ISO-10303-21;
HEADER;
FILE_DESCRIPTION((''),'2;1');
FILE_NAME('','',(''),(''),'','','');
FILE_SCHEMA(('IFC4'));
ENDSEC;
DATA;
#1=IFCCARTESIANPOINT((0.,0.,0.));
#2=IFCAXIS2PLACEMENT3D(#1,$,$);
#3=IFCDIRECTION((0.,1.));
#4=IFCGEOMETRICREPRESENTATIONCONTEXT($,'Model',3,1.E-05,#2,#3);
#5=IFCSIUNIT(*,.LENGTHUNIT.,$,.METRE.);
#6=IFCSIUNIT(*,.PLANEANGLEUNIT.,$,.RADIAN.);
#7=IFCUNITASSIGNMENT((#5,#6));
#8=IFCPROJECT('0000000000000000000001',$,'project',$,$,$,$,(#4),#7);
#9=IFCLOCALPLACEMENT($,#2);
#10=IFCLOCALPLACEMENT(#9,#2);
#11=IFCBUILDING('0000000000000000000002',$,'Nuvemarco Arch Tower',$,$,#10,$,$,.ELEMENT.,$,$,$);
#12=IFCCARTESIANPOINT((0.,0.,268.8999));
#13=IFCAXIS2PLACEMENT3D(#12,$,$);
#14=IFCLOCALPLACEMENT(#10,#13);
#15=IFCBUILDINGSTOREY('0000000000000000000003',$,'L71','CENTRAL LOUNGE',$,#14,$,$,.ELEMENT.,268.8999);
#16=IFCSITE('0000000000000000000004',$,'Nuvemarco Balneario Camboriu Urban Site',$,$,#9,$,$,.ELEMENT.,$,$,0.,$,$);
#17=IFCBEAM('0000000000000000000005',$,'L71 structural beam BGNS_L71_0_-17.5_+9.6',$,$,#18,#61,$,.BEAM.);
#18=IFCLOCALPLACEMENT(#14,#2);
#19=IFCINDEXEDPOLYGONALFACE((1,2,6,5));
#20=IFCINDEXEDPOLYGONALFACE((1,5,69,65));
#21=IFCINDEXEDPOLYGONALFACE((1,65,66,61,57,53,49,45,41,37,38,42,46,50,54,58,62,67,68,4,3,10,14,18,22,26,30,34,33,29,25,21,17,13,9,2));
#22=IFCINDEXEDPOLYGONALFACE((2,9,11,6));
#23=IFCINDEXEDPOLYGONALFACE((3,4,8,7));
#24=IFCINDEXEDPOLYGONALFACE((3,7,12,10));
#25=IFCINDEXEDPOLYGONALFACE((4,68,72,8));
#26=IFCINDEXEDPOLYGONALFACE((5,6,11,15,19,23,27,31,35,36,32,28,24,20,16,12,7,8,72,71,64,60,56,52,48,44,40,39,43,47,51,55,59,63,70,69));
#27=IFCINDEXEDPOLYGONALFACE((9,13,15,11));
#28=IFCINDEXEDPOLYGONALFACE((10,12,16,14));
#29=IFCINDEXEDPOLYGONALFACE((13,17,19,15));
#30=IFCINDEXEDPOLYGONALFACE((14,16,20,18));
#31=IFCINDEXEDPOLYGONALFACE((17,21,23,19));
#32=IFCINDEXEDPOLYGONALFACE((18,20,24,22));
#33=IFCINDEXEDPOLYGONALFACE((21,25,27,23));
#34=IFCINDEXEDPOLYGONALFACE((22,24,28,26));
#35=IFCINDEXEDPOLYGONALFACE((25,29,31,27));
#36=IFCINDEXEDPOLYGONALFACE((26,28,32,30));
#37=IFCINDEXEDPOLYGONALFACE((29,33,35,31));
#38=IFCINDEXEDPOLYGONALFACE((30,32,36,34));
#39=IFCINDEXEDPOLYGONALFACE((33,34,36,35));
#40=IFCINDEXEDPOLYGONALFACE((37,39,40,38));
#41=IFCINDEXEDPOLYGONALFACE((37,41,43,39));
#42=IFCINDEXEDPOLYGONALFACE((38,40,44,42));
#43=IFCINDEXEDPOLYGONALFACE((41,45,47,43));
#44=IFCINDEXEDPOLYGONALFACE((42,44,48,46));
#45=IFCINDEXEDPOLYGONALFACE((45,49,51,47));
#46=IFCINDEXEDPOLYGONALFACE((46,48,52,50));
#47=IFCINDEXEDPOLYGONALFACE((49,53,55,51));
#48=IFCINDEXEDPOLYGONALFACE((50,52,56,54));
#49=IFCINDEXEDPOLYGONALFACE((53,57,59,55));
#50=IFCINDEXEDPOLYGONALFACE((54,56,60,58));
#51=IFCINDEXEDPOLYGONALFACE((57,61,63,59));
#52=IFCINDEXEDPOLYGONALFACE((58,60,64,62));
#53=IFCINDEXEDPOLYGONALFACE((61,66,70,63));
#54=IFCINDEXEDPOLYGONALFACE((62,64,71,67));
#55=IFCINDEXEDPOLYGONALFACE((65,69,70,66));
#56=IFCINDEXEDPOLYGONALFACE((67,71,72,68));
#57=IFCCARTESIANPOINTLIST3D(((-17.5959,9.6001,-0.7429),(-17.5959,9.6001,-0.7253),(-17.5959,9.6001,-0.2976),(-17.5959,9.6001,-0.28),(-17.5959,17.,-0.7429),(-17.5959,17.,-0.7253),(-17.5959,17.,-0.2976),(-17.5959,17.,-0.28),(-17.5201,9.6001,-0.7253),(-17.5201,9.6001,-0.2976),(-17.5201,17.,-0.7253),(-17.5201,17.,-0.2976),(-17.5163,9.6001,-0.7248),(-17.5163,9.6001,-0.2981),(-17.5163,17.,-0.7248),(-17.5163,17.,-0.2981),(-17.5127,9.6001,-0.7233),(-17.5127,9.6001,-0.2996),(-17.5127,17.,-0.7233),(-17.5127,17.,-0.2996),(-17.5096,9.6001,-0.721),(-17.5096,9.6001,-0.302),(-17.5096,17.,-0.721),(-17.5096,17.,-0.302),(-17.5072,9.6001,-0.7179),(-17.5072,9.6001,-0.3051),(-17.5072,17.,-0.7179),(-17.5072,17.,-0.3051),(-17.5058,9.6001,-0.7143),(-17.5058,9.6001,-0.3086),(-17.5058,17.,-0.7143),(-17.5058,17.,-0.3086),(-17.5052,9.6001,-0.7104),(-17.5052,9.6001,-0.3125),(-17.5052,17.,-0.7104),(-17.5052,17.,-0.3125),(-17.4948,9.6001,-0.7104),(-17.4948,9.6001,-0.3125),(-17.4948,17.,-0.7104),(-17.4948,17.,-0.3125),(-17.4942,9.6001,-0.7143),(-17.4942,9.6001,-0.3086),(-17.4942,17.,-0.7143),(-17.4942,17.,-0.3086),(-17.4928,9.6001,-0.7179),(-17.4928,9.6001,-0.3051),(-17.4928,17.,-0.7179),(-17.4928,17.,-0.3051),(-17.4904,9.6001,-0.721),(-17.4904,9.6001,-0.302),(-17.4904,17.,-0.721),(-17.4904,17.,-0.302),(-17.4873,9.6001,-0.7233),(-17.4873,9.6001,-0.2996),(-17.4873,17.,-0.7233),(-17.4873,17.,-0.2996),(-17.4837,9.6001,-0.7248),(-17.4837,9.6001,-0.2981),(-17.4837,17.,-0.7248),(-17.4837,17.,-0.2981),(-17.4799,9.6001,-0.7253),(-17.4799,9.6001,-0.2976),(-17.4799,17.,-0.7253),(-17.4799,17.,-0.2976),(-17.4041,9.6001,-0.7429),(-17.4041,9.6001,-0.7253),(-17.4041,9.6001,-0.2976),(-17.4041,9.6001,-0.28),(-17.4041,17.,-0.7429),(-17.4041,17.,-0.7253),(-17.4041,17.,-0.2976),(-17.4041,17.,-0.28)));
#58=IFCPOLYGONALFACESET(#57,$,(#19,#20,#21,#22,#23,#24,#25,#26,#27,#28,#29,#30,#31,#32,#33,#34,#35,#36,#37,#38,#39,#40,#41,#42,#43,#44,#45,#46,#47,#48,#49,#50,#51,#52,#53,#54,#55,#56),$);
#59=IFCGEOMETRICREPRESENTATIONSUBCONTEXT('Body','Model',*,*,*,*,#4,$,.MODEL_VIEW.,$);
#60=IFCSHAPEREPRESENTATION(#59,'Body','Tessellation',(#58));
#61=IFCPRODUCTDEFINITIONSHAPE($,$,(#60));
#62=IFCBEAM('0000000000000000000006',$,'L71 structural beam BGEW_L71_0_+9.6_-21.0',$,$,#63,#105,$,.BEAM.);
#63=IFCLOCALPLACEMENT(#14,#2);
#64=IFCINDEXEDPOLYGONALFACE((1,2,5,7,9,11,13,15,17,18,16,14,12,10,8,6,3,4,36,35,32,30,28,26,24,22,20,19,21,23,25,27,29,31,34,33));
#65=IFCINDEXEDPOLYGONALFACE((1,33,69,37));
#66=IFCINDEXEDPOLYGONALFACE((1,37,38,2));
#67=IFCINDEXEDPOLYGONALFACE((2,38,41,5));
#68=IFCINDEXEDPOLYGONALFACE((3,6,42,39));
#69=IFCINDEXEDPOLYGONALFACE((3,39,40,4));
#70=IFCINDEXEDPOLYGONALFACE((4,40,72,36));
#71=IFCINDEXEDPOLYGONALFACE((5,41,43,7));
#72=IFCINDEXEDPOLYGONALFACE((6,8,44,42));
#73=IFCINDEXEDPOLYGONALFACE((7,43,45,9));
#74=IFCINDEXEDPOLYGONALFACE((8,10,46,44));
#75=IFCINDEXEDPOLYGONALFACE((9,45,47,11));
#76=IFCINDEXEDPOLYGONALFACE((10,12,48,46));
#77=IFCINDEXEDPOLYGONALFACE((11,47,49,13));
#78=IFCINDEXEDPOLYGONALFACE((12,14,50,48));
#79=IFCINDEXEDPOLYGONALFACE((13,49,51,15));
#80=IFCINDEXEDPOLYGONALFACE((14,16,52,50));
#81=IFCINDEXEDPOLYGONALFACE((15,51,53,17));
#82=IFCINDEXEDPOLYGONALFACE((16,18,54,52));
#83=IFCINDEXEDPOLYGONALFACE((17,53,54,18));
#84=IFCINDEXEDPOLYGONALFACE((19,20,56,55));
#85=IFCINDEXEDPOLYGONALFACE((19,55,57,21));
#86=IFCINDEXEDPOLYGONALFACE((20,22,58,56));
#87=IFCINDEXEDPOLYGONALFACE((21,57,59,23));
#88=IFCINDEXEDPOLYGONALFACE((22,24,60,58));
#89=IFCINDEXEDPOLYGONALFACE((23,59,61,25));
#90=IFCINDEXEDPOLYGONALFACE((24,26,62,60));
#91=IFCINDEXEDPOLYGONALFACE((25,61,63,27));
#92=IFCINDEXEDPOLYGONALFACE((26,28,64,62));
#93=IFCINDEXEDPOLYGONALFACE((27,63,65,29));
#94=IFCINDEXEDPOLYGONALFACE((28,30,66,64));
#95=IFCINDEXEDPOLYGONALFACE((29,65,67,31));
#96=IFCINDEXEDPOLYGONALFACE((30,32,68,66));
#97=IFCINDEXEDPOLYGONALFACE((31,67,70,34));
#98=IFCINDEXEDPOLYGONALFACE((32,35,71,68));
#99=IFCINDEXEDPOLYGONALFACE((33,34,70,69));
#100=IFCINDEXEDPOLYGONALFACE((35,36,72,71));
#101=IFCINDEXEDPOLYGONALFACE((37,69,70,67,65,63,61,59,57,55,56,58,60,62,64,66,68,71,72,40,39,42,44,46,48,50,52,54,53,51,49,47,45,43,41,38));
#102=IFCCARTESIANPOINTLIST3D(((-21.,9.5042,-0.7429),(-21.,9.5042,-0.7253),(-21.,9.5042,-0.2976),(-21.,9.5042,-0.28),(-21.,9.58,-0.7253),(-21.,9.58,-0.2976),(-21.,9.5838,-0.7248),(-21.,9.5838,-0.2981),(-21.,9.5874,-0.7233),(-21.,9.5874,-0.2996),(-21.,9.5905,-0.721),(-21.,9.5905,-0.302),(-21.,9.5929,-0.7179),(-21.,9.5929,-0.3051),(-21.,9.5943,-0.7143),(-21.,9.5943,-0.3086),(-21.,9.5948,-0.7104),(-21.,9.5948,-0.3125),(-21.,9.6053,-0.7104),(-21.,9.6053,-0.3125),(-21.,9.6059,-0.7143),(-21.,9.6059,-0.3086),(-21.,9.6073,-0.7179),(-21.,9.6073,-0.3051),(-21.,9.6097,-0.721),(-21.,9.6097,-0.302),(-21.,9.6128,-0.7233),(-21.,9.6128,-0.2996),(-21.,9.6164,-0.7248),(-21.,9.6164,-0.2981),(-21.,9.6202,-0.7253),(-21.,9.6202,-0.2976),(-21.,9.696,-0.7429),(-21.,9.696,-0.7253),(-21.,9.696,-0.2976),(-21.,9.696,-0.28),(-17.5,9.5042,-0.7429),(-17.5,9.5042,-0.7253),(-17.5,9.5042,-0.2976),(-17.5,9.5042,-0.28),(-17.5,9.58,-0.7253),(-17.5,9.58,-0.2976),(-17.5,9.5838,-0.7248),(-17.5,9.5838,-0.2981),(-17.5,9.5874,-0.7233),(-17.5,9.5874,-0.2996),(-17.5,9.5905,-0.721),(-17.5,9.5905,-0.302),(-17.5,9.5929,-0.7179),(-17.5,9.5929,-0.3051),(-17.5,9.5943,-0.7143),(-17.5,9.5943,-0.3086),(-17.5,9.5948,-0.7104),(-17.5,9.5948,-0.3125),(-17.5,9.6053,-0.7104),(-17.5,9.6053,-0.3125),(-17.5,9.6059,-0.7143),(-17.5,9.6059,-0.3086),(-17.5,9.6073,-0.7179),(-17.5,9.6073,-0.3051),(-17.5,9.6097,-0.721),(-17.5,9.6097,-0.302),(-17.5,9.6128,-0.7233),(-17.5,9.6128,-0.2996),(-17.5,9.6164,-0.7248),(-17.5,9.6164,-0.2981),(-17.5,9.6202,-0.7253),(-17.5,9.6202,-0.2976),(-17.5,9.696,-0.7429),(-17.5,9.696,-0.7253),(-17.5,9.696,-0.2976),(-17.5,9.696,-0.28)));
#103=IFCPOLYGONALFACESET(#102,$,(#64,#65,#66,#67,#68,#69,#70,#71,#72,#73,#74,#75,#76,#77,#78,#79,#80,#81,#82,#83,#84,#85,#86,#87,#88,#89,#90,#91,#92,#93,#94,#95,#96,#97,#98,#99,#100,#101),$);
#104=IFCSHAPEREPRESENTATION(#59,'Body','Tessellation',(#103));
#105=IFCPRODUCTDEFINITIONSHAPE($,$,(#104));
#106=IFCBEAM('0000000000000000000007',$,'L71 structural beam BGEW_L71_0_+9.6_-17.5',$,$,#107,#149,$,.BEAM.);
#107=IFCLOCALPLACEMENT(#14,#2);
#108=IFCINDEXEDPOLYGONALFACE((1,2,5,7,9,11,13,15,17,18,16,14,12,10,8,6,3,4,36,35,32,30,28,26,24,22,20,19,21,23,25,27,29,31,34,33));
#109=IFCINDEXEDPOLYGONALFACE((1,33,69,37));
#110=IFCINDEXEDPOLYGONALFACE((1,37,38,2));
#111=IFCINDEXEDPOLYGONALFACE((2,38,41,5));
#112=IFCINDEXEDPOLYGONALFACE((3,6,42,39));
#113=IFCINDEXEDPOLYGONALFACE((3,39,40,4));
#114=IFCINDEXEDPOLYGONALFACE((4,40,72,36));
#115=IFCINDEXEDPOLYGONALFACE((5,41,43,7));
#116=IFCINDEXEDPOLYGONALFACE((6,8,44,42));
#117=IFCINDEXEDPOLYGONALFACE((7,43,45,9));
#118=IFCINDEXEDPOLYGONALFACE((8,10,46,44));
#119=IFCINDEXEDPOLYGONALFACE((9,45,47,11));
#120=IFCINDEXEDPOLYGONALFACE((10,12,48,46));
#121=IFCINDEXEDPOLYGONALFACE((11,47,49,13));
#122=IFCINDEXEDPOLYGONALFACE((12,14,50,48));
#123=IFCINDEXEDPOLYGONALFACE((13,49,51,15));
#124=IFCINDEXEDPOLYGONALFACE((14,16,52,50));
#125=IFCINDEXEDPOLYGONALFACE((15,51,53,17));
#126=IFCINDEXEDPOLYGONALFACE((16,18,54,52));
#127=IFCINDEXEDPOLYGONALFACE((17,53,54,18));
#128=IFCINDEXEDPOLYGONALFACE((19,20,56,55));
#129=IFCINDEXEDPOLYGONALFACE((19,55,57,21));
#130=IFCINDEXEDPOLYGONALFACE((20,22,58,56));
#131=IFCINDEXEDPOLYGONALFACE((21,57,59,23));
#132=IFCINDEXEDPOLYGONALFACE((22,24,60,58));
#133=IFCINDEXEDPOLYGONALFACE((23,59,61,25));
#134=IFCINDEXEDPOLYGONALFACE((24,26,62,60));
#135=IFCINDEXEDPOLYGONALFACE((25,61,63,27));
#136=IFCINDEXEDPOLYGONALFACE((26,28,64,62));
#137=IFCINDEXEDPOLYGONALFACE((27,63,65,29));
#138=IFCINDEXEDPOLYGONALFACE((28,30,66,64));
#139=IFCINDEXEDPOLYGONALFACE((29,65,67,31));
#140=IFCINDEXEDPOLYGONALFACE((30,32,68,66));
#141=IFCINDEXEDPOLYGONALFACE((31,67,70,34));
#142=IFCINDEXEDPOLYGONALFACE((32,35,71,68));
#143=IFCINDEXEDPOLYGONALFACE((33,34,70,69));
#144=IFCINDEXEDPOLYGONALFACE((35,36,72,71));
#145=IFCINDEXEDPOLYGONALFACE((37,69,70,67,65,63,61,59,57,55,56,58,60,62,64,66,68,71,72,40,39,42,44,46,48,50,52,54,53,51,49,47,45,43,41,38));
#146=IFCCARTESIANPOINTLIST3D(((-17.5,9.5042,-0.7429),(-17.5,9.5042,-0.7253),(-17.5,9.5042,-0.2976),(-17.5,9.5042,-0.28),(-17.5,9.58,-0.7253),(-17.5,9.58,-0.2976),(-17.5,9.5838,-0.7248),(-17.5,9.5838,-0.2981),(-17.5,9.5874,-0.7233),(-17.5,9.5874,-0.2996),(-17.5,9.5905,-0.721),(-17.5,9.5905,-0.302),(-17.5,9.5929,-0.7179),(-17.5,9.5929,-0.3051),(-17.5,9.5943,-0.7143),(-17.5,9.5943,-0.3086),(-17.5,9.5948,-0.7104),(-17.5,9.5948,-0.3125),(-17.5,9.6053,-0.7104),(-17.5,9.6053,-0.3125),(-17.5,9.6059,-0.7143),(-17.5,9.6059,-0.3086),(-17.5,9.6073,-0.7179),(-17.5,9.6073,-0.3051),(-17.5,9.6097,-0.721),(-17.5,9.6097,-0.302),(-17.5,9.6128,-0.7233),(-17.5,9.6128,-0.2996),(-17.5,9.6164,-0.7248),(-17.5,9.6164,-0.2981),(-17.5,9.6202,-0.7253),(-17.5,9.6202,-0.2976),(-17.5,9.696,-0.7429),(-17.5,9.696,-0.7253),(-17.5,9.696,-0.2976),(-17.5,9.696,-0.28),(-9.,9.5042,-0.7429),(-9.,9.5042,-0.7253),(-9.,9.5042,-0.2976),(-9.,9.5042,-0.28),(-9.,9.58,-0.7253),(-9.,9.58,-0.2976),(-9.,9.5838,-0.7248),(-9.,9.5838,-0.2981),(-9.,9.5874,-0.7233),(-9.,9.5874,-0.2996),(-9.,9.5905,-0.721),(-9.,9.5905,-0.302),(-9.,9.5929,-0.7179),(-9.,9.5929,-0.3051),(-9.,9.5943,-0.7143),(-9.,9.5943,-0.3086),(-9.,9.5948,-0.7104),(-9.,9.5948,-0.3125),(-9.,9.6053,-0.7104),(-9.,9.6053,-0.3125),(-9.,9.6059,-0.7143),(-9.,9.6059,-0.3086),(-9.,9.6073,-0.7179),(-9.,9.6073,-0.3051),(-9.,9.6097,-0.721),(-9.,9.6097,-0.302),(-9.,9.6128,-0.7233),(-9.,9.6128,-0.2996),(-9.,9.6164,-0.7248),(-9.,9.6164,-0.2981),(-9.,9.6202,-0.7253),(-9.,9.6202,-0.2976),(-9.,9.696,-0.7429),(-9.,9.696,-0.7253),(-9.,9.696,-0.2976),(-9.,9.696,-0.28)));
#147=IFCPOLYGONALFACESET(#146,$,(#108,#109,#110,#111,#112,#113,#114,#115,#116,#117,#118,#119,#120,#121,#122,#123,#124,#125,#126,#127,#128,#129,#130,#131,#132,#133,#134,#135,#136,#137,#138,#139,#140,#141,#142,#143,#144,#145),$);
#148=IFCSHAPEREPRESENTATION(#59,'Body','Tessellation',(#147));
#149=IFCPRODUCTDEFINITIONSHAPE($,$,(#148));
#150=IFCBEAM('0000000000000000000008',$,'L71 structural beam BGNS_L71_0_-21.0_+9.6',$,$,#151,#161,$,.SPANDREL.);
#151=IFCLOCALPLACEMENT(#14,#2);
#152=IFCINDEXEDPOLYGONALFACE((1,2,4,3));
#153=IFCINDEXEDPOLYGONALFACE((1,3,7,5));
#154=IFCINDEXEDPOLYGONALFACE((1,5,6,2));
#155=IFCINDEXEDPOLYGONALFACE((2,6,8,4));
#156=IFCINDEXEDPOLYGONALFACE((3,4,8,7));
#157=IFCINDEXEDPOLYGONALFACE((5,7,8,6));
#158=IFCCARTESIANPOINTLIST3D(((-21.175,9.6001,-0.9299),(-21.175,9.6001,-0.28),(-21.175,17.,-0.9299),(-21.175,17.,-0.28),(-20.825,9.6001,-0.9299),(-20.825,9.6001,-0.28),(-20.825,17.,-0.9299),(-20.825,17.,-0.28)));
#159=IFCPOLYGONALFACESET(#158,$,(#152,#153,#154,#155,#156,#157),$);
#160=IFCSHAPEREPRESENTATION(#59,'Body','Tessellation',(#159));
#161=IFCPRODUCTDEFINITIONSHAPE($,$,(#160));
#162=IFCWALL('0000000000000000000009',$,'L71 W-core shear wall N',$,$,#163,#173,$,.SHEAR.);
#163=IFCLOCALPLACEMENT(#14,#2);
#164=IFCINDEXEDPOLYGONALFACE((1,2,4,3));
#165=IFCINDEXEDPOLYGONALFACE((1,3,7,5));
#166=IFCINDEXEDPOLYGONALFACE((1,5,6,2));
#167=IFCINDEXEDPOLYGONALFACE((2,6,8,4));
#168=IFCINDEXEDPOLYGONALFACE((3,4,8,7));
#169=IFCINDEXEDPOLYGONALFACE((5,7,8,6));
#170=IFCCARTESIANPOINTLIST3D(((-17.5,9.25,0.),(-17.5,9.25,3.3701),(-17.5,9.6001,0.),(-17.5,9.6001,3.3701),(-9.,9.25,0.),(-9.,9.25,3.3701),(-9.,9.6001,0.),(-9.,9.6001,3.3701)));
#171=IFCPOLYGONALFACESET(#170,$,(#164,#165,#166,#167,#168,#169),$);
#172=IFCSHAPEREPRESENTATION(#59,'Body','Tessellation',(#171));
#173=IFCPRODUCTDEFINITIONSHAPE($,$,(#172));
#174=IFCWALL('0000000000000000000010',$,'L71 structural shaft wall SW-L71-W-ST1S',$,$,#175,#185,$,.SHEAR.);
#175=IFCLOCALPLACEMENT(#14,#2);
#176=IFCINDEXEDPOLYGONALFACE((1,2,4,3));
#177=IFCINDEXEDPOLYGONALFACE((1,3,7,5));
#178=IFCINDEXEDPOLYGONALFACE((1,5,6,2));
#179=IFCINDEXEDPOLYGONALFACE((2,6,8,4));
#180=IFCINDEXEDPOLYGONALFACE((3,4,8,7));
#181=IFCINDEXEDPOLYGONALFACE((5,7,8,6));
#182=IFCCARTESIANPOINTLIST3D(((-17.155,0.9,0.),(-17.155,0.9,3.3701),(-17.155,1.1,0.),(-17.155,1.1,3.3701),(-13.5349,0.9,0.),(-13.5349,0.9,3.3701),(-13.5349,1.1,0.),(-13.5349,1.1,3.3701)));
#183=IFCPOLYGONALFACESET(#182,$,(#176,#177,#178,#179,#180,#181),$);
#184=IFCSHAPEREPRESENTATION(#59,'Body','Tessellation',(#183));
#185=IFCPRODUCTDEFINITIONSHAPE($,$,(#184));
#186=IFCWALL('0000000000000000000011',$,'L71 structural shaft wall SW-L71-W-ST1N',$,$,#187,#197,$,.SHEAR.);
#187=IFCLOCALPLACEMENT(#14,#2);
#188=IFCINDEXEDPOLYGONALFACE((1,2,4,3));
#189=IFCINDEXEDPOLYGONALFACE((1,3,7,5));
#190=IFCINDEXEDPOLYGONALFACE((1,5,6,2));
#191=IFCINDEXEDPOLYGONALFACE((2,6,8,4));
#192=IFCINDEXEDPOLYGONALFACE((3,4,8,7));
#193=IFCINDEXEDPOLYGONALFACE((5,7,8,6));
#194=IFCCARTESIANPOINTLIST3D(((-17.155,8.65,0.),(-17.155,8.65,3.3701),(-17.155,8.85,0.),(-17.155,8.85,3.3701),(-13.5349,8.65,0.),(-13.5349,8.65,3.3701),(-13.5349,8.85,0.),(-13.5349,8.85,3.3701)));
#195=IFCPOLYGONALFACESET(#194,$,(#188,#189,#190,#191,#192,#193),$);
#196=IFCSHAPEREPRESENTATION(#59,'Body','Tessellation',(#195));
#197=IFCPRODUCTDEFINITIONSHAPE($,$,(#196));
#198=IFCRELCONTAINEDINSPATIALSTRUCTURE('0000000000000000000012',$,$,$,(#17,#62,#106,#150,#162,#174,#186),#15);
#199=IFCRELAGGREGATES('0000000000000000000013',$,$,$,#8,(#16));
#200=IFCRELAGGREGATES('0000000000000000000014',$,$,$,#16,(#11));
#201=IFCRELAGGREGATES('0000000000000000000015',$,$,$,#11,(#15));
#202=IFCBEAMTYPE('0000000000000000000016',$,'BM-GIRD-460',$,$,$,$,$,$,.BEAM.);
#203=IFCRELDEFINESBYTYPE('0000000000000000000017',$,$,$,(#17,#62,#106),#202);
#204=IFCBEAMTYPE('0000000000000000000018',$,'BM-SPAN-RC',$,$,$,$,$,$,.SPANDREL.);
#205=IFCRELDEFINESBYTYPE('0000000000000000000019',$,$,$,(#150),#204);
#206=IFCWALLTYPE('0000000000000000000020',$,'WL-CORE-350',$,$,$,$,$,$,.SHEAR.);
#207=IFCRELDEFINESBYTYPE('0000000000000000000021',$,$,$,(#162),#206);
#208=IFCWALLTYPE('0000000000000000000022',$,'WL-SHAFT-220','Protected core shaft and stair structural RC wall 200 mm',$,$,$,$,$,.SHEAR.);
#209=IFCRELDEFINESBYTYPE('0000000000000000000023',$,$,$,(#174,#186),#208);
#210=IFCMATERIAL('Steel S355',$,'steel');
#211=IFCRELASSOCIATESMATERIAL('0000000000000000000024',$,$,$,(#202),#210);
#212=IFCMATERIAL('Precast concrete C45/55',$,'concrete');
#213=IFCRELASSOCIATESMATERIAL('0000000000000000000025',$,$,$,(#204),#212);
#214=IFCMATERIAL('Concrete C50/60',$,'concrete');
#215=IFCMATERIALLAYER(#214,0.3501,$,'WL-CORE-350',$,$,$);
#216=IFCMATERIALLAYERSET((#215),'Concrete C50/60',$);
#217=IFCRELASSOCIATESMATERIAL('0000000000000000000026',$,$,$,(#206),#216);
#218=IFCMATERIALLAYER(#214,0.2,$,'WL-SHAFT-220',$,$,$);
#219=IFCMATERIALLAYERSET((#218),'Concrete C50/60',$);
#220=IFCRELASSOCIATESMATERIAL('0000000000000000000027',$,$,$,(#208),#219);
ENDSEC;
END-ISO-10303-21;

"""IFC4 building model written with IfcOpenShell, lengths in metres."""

from ifc_helpers import new_model, si_unit, direction, frame, frame_2d, origin, origin_2d, place, context, subcontext, project, spatial, rectangle, i_section, extrude, material, layer, layer_set, material_profile, profile_set, type_object, element, save


model = new_model("IFC4")

# Units and contexts
model_context = context("Model", 3, precision=1e-05, world=origin(), true_north=direction((0.0, 1.0)))
body_context = subcontext(model_context, "Body", "Model", "MODEL_VIEW")
ifc_project = project(units=[si_unit("LENGTHUNIT", "METRE"), si_unit("PLANEANGLEUNIT", "RADIAN")], contexts=[model_context])

# Site, building, storey
site_placement = place(None, origin())
site = spatial("IfcSite", under=ifc_project, at=site_placement, Name="Nuvemarco Balneario Camboriu Urban Site", CompositionType="ELEMENT", RefElevation=0.0)
building_placement = place(site_placement, origin())
building = spatial("IfcBuilding", under=site, at=building_placement, Name="Nuvemarco Arch Tower", CompositionType="ELEMENT")
storey_placement = place(building_placement, frame((0.0, 0.0, 268.8999)))
storey = spatial("IfcBuildingStorey", under=building, at=storey_placement, Name="L71", Description="CENTRAL LOUNGE", CompositionType="ELEMENT", Elevation=268.8999)

# Shared definitions
ifc_material_1 = material(Name="Concrete C50/60", Category="concrete")
ifc_material_2 = material(Name="Steel S355", Category="steel")

# Beams
ifc_material_profile_1 = material_profile(ifc_material_2, i_section(OverallWidth=0.1919, OverallDepth=0.4629, WebThickness=0.0105, FlangeThickness=0.0176, FilletRadius=0.0149, at=origin_2d()), Name="W460x89")
ifc_profile_set_1 = profile_set([ifc_material_profile_1], Name="Steel S355")
beam_type_1 = type_object("IfcBeamType", Name="BM-GIRD-460", PredefinedType="BEAM", material=ifc_profile_set_1)
beam_1_placement = place(storey_placement, frame((-17.5, 9.6001, -0.5115), z_axis=(0.0, 1.0, 0.0), x_axis=(-1.0, 0.0, 0.0)))
element("IfcBeam", 1, at=beam_1_placement, inside=storey, type_object=beam_type_1, Name="L71 structural beam BGNS_L71_0_-17.5_+9.6", PredefinedType="BEAM", context=body_context, shape_type="SweptSolid", body=[
    extrude(i_section(OverallWidth=0.1919, OverallDepth=0.4629, WebThickness=0.0105, FlangeThickness=0.0176, FilletRadius=0.0149, at=origin_2d()), origin(), (0.0, 0.0, 1.0), 7.3999),
])
beam_2_placement = place(storey_placement, frame((-21.0, 9.6001, -0.5115), z_axis=(1.0, 0.0, 0.0), x_axis=(0.0, 1.0, 0.0)))
element("IfcBeam", 2, at=beam_2_placement, inside=storey, type_object=beam_type_1, Name="L71 structural beam BGEW_L71_0_+9.6_-21.0", PredefinedType="BEAM", context=body_context, shape_type="SweptSolid", body=[
    extrude(i_section(OverallWidth=0.1919, OverallDepth=0.4629, WebThickness=0.0105, FlangeThickness=0.0176, FilletRadius=0.0149, at=origin_2d()), origin(), (0.0, 0.0, 1.0), 3.5),
])
beam_3_placement = place(storey_placement, frame((-17.5, 9.6001, -0.5115), z_axis=(1.0, 0.0, 0.0), x_axis=(0.0, 1.0, 0.0)))
element("IfcBeam", 3, at=beam_3_placement, inside=storey, type_object=beam_type_1, Name="L71 structural beam BGEW_L71_0_+9.6_-17.5", PredefinedType="BEAM", context=body_context, shape_type="SweptSolid", body=[
    extrude(i_section(OverallWidth=0.1919, OverallDepth=0.4629, WebThickness=0.0105, FlangeThickness=0.0176, FilletRadius=0.0149, at=origin_2d()), origin(), (0.0, 0.0, 1.0), 8.5),
])
ifc_material_3 = material(Name="Precast concrete C45/55", Category="concrete")
ifc_material_profile_2 = material_profile(ifc_material_3, rectangle(XDim=0.3501, YDim=0.6499, at=origin_2d()), Name="PC-SP-350x650")
ifc_profile_set_2 = profile_set([ifc_material_profile_2], Name="Precast concrete C45/55")
beam_type_2 = type_object("IfcBeamType", Name="BM-SPAN-RC", PredefinedType="SPANDREL", material=ifc_profile_set_2)
beam_4_placement = place(storey_placement, frame((-21.0, 9.6001, -0.605), z_axis=(0.0, 1.0, 0.0), x_axis=(-1.0, 0.0, 0.0)))
element("IfcBeam", 4, at=beam_4_placement, inside=storey, type_object=beam_type_2, Name="L71 structural beam BGNS_L71_0_-21.0_+9.6", PredefinedType="SPANDREL", context=body_context, shape_type="SweptSolid", body=[
    extrude(rectangle(XDim=0.3501, YDim=0.6499, at=origin_2d()), origin(), (0.0, 0.0, 1.0), 7.3999),
])

# Walls
ifc_layer_1 = layer(ifc_material_1, 0.3501, Name="WL-CORE-350")
ifc_layer_set_1 = layer_set([ifc_layer_1], Name="Concrete C50/60")
wall_type_1 = type_object("IfcWallType", Name="WL-CORE-350", PredefinedType="SHEAR", material=ifc_layer_set_1)
wall_1_placement = place(storey_placement, frame((-17.5, 9.425, 0.0), z_axis=(0.0, 0.0, 1.0), x_axis=(1.0, 0.0, 0.0)))
element("IfcWall", 5, at=wall_1_placement, inside=storey, type_object=wall_type_1, Name="L71 W-core shear wall N", PredefinedType="SHEAR", context=body_context, shape_type="SweptSolid", body=[
    extrude(rectangle(XDim=8.5, YDim=0.3501, at=frame_2d((4.25, 0.0))), origin(), (0.0, 0.0, 1.0), 3.3701),
])
ifc_layer_2 = layer(ifc_material_1, 0.2, Name="WL-SHAFT-220")
ifc_layer_set_2 = layer_set([ifc_layer_2], Name="Concrete C50/60")
wall_type_2 = type_object("IfcWallType", Name="WL-SHAFT-220", Description="Protected core shaft and stair structural RC wall 200 mm", PredefinedType="SHEAR", material=ifc_layer_set_2)
for number, where, z_axis, x_axis, name in (
    (6, (-17.155, 1.0, 0.0), (0.0, 0.0, 1.0), (1.0, 0.0, 0.0), "L71 structural shaft wall SW-L71-W-ST1S"),
    (7, (-17.155, 8.75, 0.0), (0.0, 0.0, 1.0), (1.0, 0.0, 0.0), "L71 structural shaft wall SW-L71-W-ST1N"),
):
    element("IfcWall", number, at=place(storey_placement, frame(where, z_axis=z_axis, x_axis=x_axis)), inside=storey, type_object=wall_type_2, Name=name, PredefinedType="SHEAR", context=body_context, shape_type="SweptSolid", body=[
        extrude(rectangle(XDim=3.6201, YDim=0.2, at=frame_2d((1.8101, 0.0))), origin(), (0.0, 0.0, 1.0), 3.3701),
    ])

save(model, "model.ifc")
